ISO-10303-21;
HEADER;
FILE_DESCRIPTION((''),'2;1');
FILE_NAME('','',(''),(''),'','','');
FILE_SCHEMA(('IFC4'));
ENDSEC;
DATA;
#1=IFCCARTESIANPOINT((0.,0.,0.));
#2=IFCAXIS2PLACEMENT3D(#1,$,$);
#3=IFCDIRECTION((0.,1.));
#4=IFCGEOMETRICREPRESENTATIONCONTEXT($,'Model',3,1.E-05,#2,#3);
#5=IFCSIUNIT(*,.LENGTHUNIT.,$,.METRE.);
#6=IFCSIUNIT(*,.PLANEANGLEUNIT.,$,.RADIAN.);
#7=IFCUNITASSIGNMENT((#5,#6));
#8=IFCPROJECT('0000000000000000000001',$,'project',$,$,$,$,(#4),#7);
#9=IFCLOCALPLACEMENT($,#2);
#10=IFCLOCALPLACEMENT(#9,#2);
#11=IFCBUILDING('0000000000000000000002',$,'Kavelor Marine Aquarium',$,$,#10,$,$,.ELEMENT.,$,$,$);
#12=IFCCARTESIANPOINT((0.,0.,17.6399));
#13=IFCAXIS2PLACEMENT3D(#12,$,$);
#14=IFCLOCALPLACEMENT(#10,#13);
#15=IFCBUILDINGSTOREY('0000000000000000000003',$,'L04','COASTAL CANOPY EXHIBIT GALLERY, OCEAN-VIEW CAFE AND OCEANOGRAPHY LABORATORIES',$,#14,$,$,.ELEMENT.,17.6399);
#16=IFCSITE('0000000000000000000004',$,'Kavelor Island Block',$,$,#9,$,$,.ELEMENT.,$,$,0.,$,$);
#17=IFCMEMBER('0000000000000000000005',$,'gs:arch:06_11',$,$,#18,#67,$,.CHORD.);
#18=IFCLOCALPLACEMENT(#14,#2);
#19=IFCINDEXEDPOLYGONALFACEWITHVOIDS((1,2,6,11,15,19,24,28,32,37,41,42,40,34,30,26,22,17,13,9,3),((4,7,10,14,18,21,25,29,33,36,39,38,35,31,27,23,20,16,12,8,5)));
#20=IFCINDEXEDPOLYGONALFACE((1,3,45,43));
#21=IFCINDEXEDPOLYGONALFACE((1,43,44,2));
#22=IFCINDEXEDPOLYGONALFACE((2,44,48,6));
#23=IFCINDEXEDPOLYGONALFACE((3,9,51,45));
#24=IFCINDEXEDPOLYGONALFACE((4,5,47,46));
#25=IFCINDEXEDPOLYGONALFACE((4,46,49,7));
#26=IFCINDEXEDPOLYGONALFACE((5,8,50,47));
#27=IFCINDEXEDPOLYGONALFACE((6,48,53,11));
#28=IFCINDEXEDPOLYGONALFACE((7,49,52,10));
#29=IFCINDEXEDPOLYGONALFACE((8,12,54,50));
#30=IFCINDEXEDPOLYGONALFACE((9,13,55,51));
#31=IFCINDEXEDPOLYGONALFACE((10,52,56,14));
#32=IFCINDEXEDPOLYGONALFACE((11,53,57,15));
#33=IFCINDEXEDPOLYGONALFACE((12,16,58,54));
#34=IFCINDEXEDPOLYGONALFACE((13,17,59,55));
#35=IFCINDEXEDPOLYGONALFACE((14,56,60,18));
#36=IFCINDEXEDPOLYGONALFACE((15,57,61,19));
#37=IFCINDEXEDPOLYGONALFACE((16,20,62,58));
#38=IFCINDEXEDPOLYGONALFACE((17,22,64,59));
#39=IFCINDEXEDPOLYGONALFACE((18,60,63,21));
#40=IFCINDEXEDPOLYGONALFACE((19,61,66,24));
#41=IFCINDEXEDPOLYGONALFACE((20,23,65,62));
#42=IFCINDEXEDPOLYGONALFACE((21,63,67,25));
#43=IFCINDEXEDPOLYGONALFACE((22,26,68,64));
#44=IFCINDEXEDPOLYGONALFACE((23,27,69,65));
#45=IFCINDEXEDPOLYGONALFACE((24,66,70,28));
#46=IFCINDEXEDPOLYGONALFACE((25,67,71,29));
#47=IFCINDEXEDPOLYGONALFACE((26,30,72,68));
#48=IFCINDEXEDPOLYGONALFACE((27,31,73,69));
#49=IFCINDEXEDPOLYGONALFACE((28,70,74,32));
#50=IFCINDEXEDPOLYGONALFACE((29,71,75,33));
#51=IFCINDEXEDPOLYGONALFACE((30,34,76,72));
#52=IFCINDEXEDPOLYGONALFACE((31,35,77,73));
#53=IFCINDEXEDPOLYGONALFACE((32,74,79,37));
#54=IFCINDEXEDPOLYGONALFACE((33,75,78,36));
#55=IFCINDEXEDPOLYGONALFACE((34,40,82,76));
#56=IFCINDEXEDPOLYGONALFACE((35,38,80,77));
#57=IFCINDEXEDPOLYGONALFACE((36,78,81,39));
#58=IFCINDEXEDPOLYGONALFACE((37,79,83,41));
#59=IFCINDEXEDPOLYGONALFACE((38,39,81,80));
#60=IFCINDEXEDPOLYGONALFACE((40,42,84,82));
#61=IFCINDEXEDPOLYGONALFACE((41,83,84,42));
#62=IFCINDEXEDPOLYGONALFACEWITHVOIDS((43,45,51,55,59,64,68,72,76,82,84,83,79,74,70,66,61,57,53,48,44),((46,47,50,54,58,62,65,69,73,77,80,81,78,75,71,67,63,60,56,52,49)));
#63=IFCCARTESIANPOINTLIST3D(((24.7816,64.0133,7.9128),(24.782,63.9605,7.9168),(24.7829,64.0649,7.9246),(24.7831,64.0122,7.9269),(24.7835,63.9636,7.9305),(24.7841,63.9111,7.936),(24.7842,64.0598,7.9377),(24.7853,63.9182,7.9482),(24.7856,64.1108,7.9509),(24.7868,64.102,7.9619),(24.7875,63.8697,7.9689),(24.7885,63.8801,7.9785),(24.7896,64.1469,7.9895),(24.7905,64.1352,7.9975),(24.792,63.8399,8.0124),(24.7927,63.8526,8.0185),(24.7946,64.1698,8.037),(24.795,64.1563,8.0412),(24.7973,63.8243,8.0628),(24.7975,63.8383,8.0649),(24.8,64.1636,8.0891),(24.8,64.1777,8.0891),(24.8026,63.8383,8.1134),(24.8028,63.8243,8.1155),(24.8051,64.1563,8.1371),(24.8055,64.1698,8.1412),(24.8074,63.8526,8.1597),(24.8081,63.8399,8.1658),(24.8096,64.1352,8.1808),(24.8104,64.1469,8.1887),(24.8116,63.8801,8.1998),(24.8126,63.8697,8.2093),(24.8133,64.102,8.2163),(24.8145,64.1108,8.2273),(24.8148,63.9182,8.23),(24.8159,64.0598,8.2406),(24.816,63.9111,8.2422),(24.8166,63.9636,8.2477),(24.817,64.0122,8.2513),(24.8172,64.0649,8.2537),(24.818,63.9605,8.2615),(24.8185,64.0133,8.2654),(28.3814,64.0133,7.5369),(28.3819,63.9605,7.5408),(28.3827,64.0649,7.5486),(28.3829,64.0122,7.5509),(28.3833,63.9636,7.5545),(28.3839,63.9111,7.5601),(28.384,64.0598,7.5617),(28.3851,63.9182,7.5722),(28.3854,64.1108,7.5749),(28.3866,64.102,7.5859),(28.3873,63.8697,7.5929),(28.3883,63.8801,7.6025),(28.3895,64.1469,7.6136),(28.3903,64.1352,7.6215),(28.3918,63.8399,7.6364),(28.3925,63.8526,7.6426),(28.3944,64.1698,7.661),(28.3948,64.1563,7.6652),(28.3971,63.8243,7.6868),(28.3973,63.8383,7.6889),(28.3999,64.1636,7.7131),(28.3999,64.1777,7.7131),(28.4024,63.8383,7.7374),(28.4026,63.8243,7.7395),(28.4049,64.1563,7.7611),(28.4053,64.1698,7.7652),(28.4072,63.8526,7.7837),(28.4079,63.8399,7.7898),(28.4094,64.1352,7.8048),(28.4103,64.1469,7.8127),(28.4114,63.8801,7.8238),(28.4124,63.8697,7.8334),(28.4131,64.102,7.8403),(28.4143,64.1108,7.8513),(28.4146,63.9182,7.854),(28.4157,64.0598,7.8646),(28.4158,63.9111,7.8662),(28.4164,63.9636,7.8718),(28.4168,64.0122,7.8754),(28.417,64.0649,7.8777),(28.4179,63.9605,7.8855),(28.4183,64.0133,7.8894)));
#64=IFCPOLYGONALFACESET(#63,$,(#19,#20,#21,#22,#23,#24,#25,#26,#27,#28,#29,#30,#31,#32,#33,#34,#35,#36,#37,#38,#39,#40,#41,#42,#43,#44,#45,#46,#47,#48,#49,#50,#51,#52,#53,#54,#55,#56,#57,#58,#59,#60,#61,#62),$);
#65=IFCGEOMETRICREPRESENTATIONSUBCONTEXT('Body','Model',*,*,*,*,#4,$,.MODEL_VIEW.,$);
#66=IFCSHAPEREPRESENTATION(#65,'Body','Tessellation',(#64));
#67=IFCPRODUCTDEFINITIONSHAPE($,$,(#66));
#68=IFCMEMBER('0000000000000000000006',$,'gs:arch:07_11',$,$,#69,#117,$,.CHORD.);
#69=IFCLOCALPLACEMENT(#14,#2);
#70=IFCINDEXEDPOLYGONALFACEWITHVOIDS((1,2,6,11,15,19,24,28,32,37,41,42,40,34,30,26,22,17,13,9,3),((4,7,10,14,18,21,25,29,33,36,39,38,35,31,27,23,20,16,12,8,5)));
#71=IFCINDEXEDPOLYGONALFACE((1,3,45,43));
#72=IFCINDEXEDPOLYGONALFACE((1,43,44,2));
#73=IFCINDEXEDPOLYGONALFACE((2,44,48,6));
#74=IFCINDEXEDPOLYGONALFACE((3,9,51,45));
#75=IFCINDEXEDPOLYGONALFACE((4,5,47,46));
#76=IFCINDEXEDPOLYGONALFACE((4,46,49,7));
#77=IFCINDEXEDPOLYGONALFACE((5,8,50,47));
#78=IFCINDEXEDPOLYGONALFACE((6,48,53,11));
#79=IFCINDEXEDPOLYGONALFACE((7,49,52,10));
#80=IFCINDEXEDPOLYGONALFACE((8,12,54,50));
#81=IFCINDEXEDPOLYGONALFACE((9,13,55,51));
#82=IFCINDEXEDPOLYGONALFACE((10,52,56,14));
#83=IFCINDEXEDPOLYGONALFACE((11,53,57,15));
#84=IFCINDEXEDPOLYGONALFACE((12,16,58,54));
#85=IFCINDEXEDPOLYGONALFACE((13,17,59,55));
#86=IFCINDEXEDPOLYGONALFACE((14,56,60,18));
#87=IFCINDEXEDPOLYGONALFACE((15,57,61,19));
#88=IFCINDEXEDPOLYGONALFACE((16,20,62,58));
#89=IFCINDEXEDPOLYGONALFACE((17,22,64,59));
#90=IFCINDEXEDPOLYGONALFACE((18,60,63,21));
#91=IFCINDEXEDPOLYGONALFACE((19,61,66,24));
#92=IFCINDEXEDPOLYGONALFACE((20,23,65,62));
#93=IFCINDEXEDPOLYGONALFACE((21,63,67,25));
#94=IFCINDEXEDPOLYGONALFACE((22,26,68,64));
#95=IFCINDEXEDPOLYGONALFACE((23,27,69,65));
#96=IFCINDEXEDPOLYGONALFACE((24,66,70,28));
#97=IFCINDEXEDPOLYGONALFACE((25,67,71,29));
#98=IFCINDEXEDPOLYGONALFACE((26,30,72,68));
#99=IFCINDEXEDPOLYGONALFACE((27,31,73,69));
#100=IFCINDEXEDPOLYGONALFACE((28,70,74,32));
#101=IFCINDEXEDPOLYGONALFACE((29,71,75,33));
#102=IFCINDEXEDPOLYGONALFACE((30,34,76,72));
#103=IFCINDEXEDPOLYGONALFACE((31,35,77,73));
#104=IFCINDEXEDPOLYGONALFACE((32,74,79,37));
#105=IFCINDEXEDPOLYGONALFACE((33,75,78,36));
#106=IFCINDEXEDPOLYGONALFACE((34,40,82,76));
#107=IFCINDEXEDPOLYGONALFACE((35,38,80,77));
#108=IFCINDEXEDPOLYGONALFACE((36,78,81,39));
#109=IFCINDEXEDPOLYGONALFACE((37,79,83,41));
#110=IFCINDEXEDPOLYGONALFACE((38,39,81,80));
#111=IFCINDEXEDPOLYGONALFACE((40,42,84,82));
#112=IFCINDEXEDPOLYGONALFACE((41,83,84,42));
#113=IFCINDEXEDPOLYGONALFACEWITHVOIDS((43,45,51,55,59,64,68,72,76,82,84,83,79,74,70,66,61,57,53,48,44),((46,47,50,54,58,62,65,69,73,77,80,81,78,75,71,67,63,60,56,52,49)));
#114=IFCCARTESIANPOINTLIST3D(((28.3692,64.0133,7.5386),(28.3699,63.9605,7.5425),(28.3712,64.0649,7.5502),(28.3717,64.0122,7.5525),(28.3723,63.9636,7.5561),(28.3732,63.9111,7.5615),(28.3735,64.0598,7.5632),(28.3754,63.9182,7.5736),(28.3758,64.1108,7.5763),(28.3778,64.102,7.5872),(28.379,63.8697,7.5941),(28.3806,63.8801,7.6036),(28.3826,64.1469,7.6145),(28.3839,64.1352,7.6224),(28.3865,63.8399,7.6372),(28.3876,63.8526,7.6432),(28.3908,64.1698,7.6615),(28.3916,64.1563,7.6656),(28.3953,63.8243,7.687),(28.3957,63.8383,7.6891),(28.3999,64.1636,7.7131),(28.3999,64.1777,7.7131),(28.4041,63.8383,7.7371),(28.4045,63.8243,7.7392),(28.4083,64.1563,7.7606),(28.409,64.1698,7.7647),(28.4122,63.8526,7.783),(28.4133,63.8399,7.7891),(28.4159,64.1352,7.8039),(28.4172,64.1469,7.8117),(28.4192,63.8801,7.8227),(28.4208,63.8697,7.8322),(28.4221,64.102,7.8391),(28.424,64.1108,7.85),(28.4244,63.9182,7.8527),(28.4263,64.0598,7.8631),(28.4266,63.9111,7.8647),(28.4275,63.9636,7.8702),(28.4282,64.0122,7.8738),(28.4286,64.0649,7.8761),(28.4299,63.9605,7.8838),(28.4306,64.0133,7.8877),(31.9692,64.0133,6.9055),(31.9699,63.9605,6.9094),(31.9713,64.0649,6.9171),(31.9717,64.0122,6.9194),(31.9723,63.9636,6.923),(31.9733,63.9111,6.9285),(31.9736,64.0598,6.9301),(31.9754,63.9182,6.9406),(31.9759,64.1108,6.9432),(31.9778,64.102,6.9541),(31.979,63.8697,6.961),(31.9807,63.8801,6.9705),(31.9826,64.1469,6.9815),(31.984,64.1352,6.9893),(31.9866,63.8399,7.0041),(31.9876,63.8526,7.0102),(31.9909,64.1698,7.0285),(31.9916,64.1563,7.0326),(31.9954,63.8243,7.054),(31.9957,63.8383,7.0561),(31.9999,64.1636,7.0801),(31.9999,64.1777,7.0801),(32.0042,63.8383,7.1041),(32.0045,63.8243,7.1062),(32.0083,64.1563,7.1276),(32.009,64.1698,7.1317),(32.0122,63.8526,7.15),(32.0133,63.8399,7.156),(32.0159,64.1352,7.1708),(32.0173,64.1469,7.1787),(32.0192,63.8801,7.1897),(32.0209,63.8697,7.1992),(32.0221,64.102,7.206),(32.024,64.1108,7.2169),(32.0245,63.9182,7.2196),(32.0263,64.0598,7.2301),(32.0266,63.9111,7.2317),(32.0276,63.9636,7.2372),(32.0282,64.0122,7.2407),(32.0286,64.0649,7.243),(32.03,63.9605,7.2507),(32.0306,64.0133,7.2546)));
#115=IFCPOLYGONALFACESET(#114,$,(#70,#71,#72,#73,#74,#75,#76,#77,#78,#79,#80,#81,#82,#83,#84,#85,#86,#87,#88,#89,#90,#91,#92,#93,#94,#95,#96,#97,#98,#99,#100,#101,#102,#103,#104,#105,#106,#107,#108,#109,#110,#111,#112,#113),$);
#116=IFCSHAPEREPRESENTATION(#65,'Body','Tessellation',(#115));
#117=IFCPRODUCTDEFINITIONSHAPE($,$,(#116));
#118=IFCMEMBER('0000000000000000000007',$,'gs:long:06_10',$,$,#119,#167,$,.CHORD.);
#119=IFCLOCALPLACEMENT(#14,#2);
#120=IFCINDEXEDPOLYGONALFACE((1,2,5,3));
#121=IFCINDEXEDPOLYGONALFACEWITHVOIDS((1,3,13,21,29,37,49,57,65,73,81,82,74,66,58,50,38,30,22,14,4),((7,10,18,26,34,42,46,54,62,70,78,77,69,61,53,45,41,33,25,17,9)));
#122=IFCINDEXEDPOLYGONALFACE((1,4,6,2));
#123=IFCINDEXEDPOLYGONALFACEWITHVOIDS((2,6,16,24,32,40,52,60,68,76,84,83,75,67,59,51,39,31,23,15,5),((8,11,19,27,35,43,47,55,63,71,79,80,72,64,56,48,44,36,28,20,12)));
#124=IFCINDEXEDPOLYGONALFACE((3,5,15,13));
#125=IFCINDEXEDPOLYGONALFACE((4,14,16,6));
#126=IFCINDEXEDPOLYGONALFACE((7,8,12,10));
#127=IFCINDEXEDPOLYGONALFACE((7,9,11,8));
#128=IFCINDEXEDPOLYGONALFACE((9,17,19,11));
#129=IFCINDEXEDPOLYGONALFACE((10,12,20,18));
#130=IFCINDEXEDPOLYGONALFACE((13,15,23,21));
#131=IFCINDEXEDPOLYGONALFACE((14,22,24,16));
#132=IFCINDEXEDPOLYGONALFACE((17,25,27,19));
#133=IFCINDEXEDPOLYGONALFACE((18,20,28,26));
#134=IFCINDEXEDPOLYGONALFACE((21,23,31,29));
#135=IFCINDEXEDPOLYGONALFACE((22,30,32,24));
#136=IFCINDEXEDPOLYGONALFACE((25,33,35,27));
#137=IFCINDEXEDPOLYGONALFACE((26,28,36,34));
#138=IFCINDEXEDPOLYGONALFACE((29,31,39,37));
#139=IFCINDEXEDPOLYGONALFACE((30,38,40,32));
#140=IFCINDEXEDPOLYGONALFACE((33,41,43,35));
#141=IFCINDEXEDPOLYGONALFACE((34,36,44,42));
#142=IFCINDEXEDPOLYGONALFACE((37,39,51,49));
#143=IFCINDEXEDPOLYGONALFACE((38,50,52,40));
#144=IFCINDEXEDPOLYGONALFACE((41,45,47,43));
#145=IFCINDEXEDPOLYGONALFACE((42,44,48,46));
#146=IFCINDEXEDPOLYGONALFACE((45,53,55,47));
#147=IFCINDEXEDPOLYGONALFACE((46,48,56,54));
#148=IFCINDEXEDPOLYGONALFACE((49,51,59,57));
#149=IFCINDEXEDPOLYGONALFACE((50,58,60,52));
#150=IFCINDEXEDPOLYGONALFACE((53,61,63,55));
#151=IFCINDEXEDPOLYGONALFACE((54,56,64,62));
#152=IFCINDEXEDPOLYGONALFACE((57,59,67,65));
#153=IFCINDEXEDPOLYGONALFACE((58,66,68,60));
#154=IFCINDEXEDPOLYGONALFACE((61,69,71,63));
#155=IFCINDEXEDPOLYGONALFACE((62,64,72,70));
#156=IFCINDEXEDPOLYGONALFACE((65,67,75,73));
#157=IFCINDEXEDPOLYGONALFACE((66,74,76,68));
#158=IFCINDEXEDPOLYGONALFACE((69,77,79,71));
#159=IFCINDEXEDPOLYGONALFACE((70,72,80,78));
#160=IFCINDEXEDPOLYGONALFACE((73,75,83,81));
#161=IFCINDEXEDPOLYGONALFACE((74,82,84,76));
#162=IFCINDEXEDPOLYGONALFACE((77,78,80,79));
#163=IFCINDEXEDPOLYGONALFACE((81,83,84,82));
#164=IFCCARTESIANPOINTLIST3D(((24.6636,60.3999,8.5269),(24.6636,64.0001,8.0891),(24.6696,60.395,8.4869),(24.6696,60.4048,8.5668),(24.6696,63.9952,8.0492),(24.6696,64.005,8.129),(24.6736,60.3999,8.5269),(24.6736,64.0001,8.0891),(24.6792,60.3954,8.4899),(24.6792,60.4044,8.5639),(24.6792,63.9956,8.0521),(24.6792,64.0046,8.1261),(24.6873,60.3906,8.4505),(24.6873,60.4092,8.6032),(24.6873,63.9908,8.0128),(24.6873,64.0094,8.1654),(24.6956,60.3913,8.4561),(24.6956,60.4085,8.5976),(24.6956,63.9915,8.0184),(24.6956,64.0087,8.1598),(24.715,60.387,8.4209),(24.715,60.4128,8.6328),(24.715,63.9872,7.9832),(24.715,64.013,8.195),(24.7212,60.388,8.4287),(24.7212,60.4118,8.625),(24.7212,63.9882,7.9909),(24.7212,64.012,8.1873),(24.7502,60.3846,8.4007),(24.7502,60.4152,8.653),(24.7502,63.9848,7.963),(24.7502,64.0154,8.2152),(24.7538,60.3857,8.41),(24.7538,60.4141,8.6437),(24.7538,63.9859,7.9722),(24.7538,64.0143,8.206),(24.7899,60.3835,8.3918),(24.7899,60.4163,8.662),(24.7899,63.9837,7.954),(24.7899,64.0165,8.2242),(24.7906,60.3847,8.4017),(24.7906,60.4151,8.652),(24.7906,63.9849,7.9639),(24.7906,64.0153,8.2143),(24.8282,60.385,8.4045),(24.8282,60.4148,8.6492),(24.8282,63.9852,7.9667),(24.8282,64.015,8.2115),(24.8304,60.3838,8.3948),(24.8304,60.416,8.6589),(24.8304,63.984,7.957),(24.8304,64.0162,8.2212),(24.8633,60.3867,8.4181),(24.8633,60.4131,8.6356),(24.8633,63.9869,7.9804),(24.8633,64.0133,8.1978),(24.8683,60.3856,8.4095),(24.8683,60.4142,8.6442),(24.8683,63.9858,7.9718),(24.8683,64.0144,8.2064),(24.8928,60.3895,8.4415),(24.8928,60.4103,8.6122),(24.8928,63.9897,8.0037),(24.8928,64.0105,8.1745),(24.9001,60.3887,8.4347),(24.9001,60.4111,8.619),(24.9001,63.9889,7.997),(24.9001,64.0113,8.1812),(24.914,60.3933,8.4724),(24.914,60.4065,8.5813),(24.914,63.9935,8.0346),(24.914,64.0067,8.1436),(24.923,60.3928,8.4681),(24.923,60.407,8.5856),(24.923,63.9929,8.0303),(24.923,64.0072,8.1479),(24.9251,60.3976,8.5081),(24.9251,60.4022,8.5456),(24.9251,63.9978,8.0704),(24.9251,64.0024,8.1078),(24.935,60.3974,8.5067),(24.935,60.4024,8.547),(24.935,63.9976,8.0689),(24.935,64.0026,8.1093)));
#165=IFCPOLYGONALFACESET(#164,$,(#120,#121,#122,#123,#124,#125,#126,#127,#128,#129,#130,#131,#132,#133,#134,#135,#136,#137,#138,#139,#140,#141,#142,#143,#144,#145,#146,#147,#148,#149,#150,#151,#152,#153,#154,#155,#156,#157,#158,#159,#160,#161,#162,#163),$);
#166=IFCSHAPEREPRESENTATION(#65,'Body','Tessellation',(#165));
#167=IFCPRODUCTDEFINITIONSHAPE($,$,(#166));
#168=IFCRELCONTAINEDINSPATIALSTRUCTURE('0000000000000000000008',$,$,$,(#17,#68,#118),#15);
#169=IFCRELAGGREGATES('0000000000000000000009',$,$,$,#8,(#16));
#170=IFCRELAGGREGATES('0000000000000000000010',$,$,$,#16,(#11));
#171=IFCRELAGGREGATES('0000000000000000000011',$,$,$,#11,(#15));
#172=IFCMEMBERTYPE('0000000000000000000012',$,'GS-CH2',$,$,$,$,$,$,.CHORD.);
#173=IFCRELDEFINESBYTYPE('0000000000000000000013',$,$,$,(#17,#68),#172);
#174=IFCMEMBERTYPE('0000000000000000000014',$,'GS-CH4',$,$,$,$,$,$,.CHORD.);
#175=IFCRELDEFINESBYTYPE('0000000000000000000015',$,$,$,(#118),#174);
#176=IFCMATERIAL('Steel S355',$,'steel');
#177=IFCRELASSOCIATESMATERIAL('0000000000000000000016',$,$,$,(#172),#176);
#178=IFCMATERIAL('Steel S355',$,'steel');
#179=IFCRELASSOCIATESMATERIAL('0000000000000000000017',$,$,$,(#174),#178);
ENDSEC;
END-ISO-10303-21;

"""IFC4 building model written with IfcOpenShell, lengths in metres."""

from ifc_helpers import new_model, si_unit, direction, frame, origin, origin_2d, place, context, subcontext, project, spatial, hollow_circle, extrude, material, material_profile, profile_set, type_object, element, save


model = new_model("IFC4")

# Units and contexts
model_context = context("Model", 3, precision=1e-05, world=origin(), true_north=direction((0.0, 1.0)))
body_context = subcontext(model_context, "Body", "Model", "MODEL_VIEW")
ifc_project = project(units=[si_unit("LENGTHUNIT", "METRE"), si_unit("PLANEANGLEUNIT", "RADIAN")], contexts=[model_context])

# Site, building, storey
site_placement = place(None, origin())
site = spatial("IfcSite", under=ifc_project, at=site_placement, Name="Kavelor Island Block", CompositionType="ELEMENT", RefElevation=0.0)
building_placement = place(site_placement, origin())
building = spatial("IfcBuilding", under=site, at=building_placement, Name="Kavelor Marine Aquarium", CompositionType="ELEMENT")
storey_placement = place(building_placement, frame((0.0, 0.0, 17.6399)))
storey = spatial("IfcBuildingStorey", under=building, at=storey_placement, Name="L04", Description="COASTAL CANOPY EXHIBIT GALLERY, OCEAN-VIEW CAFE AND OCEANOGRAPHY LABORATORIES", CompositionType="ELEMENT", Elevation=17.6399)

# Members
ifc_material_1 = material(Name="Steel S355", Category="steel")
ifc_material_profile_1 = material_profile(ifc_material_1, hollow_circle(Radius=0.1777, WallThickness=0.0142, at=origin_2d()), Name="CHS 355.6x14.2")
ifc_profile_set_1 = profile_set([ifc_material_profile_1], Name="Steel S355")
member_type_1 = type_object("IfcMemberType", Name="GS-CH2", PredefinedType="CHORD", material=ifc_profile_set_1)
member_1_placement = place(storey_placement, frame((24.8, 64.0, 8.0891), z_axis=(0.99459, 0.0, -0.103877), x_axis=(0.0, 1.0, 0.0)))
element("IfcMember", 1, at=member_1_placement, inside=storey, type_object=member_type_1, Name="gs:arch:06_11", PredefinedType="CHORD", context=body_context, shape_type="SweptSolid", body=[
    extrude(hollow_circle(Radius=0.1777, WallThickness=0.0142, at=origin_2d()), origin(), (0.0, 0.0, 1.0), 3.6194),
])
member_2_placement = place(storey_placement, frame((28.3999, 64.0, 7.7131), z_axis=(0.984889, 0.0, -0.173187), x_axis=(0.0, 1.0, 0.0)))
element("IfcMember", 2, at=member_2_placement, inside=storey, type_object=member_type_1, Name="gs:arch:07_11", PredefinedType="CHORD", context=body_context, shape_type="SweptSolid", body=[
    extrude(hollow_circle(Radius=0.1777, WallThickness=0.0142, at=origin_2d()), origin(), (0.0, 0.0, 1.0), 3.6553),
])
ifc_material_2 = material(Name="Steel S355", Category="steel")
ifc_material_profile_2 = material_profile(ifc_material_2, hollow_circle(Radius=0.1365, WallThickness=0.01, at=origin_2d()), Name="CHS 273.0x10.0")
ifc_profile_set_2 = profile_set([ifc_material_profile_2], Name="Steel S355")
member_type_2 = type_object("IfcMemberType", Name="GS-CH4", PredefinedType="CHORD", material=ifc_profile_set_2)
member_3_placement = place(storey_placement, frame((24.8, 60.3999, 8.5269), z_axis=(0.0, 0.992689, -0.120703), x_axis=(-1.0, 0.0, 0.0)))
element("IfcMember", 3, at=member_3_placement, inside=storey, type_object=member_type_2, Name="gs:long:06_10", PredefinedType="CHORD", context=body_context, shape_type="SweptSolid", body=[
    extrude(hollow_circle(Radius=0.1365, WallThickness=0.01, at=origin_2d()), origin(), (0.0, 0.0, 1.0), 3.6267),
])

save(model, "model.ifc")
